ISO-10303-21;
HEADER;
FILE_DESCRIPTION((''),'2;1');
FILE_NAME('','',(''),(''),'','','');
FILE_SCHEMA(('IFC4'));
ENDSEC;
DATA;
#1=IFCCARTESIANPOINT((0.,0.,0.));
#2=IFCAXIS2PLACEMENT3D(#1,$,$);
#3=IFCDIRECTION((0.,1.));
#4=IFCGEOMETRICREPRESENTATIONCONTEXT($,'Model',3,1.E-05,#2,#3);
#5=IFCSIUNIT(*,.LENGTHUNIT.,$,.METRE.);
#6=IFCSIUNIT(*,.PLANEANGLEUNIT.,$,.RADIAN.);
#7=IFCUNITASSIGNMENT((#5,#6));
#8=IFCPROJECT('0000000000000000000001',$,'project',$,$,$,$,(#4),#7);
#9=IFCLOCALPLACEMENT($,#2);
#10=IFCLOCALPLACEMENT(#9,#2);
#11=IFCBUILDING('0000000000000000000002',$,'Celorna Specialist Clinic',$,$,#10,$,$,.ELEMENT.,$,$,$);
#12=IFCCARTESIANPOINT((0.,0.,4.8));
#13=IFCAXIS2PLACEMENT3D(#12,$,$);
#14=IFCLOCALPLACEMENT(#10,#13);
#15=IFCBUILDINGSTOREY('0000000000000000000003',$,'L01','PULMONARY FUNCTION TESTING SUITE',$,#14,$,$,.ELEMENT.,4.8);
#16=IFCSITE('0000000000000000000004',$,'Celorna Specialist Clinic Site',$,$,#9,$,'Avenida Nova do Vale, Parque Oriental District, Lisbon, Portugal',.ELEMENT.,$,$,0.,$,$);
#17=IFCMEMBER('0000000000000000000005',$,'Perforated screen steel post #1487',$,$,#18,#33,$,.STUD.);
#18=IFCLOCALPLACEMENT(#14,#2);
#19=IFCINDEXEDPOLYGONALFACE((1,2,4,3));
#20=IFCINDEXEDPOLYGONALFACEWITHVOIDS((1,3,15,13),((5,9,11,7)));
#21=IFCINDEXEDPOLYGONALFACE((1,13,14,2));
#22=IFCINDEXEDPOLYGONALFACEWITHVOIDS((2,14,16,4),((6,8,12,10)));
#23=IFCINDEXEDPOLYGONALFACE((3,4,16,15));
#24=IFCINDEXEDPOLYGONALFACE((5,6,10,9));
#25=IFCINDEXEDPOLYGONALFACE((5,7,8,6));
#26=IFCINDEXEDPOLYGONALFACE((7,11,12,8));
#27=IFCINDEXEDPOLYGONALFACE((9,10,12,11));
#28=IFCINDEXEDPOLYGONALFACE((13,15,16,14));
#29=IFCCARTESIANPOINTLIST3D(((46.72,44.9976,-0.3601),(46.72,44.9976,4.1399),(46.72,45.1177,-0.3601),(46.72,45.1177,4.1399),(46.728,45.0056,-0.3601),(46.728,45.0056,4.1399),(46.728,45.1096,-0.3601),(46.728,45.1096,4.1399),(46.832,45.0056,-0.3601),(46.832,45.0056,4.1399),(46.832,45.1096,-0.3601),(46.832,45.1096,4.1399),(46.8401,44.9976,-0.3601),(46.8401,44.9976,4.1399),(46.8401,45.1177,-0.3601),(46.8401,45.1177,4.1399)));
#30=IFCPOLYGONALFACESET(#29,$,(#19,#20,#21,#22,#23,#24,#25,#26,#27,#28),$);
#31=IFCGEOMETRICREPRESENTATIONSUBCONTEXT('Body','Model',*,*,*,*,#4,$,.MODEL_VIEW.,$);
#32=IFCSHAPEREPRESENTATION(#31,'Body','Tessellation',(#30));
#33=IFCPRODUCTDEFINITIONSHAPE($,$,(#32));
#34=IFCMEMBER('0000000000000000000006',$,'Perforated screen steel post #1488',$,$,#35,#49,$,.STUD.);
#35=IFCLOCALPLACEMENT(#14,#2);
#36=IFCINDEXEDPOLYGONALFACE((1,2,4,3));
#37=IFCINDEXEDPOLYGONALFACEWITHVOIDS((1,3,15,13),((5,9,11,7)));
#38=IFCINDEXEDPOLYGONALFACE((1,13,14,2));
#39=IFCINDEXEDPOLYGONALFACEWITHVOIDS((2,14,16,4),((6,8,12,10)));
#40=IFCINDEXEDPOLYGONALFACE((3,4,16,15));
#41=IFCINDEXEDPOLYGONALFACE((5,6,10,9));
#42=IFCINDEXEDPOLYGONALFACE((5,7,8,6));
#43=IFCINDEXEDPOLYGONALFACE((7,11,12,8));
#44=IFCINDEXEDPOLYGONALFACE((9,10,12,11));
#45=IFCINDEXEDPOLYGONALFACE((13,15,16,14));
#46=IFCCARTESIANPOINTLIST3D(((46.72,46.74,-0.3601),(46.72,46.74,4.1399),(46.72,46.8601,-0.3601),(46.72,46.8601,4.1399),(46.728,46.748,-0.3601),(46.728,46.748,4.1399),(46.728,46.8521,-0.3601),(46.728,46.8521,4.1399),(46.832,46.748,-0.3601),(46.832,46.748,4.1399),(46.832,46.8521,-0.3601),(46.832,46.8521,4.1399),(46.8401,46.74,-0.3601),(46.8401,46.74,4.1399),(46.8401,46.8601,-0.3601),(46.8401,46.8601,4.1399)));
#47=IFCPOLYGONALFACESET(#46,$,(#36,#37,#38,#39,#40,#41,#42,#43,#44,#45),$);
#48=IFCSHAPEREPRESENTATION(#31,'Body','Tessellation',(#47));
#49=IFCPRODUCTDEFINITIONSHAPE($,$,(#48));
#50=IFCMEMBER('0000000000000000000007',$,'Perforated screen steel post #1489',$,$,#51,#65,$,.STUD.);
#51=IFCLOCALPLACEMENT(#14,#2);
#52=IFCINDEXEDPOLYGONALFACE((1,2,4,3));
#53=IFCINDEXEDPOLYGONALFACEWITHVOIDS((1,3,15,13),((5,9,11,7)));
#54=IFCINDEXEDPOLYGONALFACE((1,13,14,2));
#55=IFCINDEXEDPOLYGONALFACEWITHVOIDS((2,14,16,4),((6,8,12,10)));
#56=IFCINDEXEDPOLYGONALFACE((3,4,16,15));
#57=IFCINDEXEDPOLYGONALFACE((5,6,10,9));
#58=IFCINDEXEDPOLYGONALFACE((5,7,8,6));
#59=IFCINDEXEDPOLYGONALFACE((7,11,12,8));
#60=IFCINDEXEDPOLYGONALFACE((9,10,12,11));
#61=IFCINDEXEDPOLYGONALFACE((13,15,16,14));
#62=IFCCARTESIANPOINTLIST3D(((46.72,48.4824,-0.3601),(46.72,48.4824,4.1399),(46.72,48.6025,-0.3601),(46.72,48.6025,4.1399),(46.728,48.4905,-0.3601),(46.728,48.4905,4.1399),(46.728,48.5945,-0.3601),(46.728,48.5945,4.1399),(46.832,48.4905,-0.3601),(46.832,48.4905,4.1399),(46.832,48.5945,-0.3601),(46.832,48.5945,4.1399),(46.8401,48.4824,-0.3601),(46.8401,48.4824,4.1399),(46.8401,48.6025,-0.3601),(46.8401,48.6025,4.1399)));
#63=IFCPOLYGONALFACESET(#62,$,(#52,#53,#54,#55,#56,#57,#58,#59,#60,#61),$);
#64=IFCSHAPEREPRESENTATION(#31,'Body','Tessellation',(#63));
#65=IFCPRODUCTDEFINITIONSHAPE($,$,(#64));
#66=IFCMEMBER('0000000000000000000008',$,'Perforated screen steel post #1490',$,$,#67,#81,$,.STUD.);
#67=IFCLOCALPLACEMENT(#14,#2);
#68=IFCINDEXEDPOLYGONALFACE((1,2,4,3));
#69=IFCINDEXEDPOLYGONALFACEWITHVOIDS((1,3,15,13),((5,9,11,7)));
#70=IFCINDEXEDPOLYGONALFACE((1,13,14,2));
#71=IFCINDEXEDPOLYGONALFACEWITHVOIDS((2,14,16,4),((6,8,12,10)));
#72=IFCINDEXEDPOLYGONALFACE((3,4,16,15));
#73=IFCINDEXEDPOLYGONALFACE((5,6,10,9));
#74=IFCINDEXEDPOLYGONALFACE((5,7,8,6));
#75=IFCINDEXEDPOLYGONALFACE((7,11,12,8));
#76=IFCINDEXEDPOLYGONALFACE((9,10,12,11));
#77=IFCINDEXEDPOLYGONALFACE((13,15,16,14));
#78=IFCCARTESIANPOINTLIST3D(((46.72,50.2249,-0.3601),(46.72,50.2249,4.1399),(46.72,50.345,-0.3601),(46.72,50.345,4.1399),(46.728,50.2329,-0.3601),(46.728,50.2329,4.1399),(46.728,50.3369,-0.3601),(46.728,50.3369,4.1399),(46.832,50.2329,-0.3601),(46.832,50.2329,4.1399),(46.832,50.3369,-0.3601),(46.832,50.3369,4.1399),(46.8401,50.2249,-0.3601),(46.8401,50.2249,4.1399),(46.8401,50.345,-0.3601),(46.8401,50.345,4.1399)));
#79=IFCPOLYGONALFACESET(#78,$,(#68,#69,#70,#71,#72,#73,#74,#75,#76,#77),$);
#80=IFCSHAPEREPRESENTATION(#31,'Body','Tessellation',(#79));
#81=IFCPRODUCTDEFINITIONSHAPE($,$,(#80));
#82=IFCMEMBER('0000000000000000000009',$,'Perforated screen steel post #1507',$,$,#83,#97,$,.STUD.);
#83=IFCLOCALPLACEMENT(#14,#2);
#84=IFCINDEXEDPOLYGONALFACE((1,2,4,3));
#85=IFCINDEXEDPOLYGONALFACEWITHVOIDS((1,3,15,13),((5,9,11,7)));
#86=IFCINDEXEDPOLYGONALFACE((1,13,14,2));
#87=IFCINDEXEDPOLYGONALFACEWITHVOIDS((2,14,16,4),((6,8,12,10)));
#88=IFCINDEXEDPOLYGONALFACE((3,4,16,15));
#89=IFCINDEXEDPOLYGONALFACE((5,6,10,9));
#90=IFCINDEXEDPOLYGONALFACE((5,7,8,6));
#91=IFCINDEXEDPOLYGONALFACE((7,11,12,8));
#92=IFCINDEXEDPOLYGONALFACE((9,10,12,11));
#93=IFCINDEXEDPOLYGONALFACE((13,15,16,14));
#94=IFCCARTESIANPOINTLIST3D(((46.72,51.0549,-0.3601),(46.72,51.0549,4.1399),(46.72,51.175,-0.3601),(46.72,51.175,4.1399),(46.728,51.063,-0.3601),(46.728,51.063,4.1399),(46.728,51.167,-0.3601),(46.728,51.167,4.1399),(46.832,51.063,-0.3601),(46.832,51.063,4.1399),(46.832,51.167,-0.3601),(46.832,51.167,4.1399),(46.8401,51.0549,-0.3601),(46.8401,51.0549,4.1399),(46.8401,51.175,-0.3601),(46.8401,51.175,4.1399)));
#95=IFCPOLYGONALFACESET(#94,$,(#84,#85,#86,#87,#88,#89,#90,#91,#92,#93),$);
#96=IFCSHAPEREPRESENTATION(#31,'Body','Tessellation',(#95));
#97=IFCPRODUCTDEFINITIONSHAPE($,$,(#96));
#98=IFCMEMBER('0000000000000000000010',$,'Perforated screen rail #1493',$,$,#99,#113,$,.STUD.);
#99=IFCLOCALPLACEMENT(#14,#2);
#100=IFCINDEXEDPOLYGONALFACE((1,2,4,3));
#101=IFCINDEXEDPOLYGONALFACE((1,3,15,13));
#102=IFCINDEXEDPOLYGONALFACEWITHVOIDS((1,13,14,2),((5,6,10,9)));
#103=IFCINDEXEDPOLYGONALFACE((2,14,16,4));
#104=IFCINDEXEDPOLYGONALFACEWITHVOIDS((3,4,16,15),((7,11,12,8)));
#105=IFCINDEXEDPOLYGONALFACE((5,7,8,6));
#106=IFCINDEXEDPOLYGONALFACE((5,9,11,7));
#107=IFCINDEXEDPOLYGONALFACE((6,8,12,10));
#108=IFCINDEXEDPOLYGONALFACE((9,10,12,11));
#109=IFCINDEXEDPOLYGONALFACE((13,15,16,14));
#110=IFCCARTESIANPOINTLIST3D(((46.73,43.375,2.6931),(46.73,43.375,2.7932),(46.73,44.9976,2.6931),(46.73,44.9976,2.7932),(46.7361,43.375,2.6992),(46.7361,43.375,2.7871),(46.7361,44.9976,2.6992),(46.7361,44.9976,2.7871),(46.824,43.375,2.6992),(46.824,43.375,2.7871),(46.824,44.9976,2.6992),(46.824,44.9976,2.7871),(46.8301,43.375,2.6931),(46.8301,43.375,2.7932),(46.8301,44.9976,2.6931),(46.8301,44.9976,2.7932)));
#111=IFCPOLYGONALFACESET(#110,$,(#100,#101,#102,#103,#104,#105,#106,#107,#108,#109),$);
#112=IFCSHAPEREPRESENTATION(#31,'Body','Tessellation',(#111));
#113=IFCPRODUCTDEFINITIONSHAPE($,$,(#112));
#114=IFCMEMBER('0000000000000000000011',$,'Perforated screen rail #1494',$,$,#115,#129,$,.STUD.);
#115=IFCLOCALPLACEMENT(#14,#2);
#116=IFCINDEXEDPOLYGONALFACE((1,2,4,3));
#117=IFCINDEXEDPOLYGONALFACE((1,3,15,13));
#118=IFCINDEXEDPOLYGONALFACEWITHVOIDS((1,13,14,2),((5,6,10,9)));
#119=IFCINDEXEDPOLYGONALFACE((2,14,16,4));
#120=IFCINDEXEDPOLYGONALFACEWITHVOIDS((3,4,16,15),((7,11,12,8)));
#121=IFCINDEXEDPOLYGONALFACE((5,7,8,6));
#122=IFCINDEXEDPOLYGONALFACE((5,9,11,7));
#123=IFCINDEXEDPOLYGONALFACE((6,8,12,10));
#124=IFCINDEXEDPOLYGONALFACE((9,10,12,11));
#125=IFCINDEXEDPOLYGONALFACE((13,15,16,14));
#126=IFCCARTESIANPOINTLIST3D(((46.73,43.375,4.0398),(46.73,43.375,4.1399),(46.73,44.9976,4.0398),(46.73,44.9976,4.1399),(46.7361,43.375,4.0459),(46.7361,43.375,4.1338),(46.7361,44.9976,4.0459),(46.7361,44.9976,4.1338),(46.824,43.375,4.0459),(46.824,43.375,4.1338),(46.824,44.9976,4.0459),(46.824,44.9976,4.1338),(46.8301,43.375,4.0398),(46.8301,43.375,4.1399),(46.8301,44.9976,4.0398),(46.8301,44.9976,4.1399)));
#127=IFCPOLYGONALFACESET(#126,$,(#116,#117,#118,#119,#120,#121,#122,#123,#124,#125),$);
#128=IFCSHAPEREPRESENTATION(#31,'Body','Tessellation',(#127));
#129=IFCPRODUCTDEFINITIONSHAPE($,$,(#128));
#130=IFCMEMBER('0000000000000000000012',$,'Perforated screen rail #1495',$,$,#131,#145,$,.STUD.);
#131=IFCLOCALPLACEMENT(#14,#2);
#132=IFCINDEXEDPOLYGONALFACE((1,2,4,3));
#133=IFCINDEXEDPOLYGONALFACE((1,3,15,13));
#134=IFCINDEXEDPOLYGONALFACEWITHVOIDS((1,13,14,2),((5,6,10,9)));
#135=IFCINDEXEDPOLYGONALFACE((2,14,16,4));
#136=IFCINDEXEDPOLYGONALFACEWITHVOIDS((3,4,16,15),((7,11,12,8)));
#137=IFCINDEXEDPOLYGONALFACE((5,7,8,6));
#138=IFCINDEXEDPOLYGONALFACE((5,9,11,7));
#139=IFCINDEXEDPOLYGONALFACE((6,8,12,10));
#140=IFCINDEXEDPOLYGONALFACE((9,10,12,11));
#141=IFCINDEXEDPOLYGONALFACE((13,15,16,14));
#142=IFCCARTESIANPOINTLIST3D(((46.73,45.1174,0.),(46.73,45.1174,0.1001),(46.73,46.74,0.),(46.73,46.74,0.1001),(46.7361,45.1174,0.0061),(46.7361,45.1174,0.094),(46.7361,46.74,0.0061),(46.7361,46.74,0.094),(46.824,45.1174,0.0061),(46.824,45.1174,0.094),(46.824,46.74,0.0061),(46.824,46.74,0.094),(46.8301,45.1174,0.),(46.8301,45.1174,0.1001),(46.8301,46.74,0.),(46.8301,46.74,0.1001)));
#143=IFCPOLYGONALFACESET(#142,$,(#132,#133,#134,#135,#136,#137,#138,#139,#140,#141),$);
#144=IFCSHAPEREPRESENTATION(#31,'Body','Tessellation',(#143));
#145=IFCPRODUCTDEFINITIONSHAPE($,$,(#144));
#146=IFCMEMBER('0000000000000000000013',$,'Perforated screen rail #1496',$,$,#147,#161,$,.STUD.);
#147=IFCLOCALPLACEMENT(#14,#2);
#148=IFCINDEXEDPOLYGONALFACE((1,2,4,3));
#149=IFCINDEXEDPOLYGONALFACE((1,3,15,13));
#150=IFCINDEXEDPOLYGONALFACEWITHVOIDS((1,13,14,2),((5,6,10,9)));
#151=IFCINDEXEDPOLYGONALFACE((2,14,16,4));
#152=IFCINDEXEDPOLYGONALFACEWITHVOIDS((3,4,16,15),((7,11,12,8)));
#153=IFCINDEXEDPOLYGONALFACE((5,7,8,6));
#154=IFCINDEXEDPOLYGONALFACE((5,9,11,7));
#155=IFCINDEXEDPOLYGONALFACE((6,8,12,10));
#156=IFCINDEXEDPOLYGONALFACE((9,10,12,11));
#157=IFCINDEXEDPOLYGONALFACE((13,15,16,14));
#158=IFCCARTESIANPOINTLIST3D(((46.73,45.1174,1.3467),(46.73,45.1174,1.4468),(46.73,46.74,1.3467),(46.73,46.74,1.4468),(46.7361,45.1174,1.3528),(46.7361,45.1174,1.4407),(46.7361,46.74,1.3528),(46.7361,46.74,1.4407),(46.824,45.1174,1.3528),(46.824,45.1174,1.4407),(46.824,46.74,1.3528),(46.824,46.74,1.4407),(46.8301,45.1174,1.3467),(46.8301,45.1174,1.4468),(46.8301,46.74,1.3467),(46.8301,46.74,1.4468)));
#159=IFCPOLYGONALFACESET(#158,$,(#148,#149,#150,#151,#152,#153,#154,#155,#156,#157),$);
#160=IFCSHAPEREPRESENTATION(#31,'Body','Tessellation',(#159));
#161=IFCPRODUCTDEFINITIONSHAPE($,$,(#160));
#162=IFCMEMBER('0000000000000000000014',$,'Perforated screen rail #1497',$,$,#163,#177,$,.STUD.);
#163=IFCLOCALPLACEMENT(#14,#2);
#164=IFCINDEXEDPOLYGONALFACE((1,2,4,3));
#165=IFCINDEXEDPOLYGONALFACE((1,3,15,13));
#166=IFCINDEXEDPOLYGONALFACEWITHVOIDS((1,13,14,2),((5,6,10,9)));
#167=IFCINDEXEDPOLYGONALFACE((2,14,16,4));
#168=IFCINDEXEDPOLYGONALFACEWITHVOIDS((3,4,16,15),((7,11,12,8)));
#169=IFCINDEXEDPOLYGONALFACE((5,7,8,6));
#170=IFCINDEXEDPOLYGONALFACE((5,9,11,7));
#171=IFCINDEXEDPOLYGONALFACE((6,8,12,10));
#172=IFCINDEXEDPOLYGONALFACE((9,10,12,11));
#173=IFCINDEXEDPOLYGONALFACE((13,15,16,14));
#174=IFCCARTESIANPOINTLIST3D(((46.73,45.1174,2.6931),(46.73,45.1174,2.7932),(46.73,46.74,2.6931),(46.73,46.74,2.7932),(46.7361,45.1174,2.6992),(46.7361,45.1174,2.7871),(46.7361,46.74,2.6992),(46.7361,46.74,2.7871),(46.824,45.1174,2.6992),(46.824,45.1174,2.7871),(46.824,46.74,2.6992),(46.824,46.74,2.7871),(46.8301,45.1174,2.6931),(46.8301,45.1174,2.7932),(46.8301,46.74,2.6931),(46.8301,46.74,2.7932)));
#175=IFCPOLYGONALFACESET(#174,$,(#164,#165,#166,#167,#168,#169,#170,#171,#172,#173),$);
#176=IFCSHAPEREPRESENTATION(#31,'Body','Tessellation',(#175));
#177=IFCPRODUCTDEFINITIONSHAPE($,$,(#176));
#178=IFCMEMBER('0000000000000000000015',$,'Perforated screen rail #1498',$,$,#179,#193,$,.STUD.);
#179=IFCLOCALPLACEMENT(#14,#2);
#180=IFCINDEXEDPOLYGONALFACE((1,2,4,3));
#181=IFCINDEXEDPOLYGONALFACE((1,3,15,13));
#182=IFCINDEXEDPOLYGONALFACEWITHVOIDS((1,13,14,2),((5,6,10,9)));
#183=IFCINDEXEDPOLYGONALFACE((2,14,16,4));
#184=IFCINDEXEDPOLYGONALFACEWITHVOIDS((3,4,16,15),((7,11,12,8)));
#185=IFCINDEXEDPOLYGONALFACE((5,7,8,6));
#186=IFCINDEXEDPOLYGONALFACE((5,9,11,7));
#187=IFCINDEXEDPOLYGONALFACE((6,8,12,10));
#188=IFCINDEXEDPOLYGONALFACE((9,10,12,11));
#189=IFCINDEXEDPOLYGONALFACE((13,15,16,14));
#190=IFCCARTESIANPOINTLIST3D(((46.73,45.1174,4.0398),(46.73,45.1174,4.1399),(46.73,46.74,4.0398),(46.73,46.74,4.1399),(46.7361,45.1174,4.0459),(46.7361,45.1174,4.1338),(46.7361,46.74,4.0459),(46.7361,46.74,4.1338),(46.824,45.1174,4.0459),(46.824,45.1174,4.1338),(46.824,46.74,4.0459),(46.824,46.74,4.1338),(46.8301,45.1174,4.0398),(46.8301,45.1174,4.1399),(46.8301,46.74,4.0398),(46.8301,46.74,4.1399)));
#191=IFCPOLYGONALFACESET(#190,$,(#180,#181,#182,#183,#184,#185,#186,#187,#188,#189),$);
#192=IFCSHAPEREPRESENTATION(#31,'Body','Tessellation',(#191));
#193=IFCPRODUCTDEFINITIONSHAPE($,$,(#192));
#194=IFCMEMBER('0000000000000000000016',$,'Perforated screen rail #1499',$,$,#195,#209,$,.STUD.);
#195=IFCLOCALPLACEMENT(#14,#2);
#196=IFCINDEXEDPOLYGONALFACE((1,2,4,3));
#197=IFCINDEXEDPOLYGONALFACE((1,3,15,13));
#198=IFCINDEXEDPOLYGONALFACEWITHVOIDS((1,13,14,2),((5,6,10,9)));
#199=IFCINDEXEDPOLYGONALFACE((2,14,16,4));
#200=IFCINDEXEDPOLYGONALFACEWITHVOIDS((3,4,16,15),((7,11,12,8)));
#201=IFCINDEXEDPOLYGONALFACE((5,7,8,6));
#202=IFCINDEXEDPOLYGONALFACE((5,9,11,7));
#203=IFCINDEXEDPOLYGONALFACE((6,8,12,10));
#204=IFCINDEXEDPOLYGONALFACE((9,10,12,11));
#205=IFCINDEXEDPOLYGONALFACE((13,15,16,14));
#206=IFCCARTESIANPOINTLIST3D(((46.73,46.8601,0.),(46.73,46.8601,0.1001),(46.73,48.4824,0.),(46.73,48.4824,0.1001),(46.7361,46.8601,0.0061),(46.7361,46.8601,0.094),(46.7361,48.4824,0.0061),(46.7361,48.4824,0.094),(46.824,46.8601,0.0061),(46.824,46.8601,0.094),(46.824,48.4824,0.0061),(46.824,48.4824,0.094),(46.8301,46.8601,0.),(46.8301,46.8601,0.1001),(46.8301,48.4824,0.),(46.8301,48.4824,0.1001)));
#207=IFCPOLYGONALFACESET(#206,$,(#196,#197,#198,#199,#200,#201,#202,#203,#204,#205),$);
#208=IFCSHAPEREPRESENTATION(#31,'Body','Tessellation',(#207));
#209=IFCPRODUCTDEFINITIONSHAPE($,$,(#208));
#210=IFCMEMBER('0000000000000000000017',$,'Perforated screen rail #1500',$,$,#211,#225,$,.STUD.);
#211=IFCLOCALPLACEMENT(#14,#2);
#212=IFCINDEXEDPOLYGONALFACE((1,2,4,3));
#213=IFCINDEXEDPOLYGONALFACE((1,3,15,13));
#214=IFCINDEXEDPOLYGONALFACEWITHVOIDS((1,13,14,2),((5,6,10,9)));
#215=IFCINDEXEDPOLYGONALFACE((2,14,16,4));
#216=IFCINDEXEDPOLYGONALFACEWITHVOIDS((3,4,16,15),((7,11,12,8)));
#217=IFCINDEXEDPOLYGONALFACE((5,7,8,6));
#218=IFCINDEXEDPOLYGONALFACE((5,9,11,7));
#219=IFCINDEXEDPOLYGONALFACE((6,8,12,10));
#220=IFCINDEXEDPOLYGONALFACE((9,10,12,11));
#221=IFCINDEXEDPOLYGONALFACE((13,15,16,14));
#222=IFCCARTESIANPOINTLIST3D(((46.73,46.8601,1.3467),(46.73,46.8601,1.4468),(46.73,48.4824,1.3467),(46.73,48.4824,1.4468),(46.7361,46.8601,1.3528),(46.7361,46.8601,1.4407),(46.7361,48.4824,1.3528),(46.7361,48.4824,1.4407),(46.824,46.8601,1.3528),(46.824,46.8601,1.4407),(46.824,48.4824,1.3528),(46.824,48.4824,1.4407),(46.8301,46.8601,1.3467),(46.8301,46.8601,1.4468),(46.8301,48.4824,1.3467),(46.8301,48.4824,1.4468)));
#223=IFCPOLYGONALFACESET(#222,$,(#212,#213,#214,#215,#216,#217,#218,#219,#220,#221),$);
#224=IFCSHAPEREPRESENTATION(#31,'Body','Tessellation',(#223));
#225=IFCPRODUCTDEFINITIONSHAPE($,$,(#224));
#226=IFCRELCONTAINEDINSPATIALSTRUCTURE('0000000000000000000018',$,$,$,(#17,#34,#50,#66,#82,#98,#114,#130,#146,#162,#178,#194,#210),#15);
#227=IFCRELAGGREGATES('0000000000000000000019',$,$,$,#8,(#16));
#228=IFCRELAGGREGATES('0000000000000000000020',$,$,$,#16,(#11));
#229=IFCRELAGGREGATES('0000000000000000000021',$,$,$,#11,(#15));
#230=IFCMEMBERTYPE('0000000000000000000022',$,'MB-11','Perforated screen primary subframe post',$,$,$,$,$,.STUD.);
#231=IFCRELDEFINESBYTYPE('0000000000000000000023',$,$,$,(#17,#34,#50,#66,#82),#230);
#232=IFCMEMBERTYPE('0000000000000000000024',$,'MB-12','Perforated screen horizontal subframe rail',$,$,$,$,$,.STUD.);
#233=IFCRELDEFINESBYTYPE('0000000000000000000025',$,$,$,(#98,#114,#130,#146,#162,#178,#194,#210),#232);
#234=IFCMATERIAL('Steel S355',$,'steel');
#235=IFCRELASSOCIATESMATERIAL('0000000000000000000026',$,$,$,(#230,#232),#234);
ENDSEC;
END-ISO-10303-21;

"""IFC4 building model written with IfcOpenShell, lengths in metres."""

from ifc_helpers import new_model, si_unit, direction, frame, origin, origin_2d, place, context, subcontext, project, spatial, hollow_rectangle, extrude, material, material_profile, profile_set, type_object, element, save


model = new_model("IFC4")

# Units and contexts
model_context = context("Model", 3, precision=1e-05, world=origin(), true_north=direction((0.0, 1.0)))
body_context = subcontext(model_context, "Body", "Model", "MODEL_VIEW")
ifc_project = project(units=[si_unit("LENGTHUNIT", "METRE"), si_unit("PLANEANGLEUNIT", "RADIAN")], contexts=[model_context])

# Site, building, storey
site_placement = place(None, origin())
site = spatial("IfcSite", under=ifc_project, at=site_placement, Name="Celorna Specialist Clinic Site", LongName="Avenida Nova do Vale, Parque Oriental District, Lisbon, Portugal", CompositionType="ELEMENT", RefElevation=0.0)
building_placement = place(site_placement, origin())
building = spatial("IfcBuilding", under=site, at=building_placement, Name="Celorna Specialist Clinic", CompositionType="ELEMENT")
storey_placement = place(building_placement, frame((0.0, 0.0, 4.8)))
storey = spatial("IfcBuildingStorey", under=building, at=storey_placement, Name="L01", Description="PULMONARY FUNCTION TESTING SUITE", CompositionType="ELEMENT", Elevation=4.8)

# Members
ifc_material_1 = material(Name="Steel S355", Category="steel")
ifc_material_profile_1 = material_profile(ifc_material_1, hollow_rectangle(XDim=0.1201, YDim=0.1201, WallThickness=0.0081, at=origin_2d()), Name="SHS 120x120x8")
ifc_profile_set_1 = profile_set([ifc_material_profile_1], Name="Steel S355")
member_type_1 = type_object("IfcMemberType", Name="MB-11", Description="Perforated screen primary subframe post", PredefinedType="STUD", material=ifc_profile_set_1)
for number, where, z_axis, x_axis, name in (
    (1, (46.78, 45.0576, -0.3601), (0.0, 0.0, 1.0), (1.0, 0.0, 0.0), "Perforated screen steel post #1487"),
    (2, (46.78, 46.8, -0.3601), (0.0, 0.0, 1.0), (1.0, 0.0, 0.0), "Perforated screen steel post #1488"),
    (3, (46.78, 48.5425, -0.3601), (0.0, 0.0, 1.0), (1.0, 0.0, 0.0), "Perforated screen steel post #1489"),
    (4, (46.78, 50.2849, -0.3601), (0.0, 0.0, 1.0), (1.0, 0.0, 0.0), "Perforated screen steel post #1490"),
    (5, (46.78, 51.115, -0.3601), (0.0, 0.0, 1.0), (1.0, 0.0, 0.0), "Perforated screen steel post #1507"),
):
    element("IfcMember", number, at=place(storey_placement, frame(where, z_axis=z_axis, x_axis=x_axis)), inside=storey, type_object=member_type_1, Name=name, PredefinedType="STUD", context=body_context, shape_type="SweptSolid", body=[
        extrude(hollow_rectangle(XDim=0.1201, YDim=0.1201, WallThickness=0.0081, at=origin_2d()), origin(), (0.0, 0.0, 1.0), 4.5),
    ])
ifc_material_profile_2 = material_profile(ifc_material_1, hollow_rectangle(XDim=0.1001, YDim=0.1001, WallThickness=0.0061, at=origin_2d()), Name="SHS 100x100x6")
ifc_profile_set_2 = profile_set([ifc_material_profile_2], Name="Steel S355")
member_type_2 = type_object("IfcMemberType", Name="MB-12", Description="Perforated screen horizontal subframe rail", PredefinedType="STUD", material=ifc_profile_set_2)
for number, where, z_axis, x_axis, name in (
    (6, (46.78, 43.375, 2.7432), (0.0, 1.0, 0.0), (-1.0, 0.0, 0.0), "Perforated screen rail #1493"),
    (7, (46.78, 43.375, 4.0898), (0.0, 1.0, 0.0), (-1.0, 0.0, 0.0), "Perforated screen rail #1494"),
    (8, (46.78, 45.1174, 0.05), (0.0, 1.0, 0.0), (-1.0, 0.0, 0.0), "Perforated screen rail #1495"),
    (9, (46.78, 45.1174, 1.3967), (0.0, 1.0, 0.0), (-1.0, 0.0, 0.0), "Perforated screen rail #1496"),
    (10, (46.78, 45.1174, 2.7432), (0.0, 1.0, 0.0), (-1.0, 0.0, 0.0), "Perforated screen rail #1497"),
    (11, (46.78, 45.1174, 4.0898), (0.0, 1.0, 0.0), (-1.0, 0.0, 0.0), "Perforated screen rail #1498"),
):
    element("IfcMember", number, at=place(storey_placement, frame(where, z_axis=z_axis, x_axis=x_axis)), inside=storey, type_object=member_type_2, Name=name, PredefinedType="STUD", context=body_context, shape_type="SweptSolid", body=[
        extrude(hollow_rectangle(XDim=0.1001, YDim=0.1001, WallThickness=0.0061, at=origin_2d()), origin(), (0.0, 0.0, 1.0), 1.6226),
    ])
for number, where, z_axis, x_axis, name in (
    (12, (46.78, 46.8601, 0.05), (0.0, 1.0, 0.0), (-1.0, 0.0, 0.0), "Perforated screen rail #1499"),
    (13, (46.78, 46.8601, 1.3967), (0.0, 1.0, 0.0), (-1.0, 0.0, 0.0), "Perforated screen rail #1500"),
):
    element("IfcMember", number, at=place(storey_placement, frame(where, z_axis=z_axis, x_axis=x_axis)), inside=storey, type_object=member_type_2, Name=name, PredefinedType="STUD", context=body_context, shape_type="SweptSolid", body=[
        extrude(hollow_rectangle(XDim=0.1001, YDim=0.1001, WallThickness=0.0061, at=origin_2d()), origin(), (0.0, 0.0, 1.0), 1.6223),
    ])

save(model, "model.ifc")
